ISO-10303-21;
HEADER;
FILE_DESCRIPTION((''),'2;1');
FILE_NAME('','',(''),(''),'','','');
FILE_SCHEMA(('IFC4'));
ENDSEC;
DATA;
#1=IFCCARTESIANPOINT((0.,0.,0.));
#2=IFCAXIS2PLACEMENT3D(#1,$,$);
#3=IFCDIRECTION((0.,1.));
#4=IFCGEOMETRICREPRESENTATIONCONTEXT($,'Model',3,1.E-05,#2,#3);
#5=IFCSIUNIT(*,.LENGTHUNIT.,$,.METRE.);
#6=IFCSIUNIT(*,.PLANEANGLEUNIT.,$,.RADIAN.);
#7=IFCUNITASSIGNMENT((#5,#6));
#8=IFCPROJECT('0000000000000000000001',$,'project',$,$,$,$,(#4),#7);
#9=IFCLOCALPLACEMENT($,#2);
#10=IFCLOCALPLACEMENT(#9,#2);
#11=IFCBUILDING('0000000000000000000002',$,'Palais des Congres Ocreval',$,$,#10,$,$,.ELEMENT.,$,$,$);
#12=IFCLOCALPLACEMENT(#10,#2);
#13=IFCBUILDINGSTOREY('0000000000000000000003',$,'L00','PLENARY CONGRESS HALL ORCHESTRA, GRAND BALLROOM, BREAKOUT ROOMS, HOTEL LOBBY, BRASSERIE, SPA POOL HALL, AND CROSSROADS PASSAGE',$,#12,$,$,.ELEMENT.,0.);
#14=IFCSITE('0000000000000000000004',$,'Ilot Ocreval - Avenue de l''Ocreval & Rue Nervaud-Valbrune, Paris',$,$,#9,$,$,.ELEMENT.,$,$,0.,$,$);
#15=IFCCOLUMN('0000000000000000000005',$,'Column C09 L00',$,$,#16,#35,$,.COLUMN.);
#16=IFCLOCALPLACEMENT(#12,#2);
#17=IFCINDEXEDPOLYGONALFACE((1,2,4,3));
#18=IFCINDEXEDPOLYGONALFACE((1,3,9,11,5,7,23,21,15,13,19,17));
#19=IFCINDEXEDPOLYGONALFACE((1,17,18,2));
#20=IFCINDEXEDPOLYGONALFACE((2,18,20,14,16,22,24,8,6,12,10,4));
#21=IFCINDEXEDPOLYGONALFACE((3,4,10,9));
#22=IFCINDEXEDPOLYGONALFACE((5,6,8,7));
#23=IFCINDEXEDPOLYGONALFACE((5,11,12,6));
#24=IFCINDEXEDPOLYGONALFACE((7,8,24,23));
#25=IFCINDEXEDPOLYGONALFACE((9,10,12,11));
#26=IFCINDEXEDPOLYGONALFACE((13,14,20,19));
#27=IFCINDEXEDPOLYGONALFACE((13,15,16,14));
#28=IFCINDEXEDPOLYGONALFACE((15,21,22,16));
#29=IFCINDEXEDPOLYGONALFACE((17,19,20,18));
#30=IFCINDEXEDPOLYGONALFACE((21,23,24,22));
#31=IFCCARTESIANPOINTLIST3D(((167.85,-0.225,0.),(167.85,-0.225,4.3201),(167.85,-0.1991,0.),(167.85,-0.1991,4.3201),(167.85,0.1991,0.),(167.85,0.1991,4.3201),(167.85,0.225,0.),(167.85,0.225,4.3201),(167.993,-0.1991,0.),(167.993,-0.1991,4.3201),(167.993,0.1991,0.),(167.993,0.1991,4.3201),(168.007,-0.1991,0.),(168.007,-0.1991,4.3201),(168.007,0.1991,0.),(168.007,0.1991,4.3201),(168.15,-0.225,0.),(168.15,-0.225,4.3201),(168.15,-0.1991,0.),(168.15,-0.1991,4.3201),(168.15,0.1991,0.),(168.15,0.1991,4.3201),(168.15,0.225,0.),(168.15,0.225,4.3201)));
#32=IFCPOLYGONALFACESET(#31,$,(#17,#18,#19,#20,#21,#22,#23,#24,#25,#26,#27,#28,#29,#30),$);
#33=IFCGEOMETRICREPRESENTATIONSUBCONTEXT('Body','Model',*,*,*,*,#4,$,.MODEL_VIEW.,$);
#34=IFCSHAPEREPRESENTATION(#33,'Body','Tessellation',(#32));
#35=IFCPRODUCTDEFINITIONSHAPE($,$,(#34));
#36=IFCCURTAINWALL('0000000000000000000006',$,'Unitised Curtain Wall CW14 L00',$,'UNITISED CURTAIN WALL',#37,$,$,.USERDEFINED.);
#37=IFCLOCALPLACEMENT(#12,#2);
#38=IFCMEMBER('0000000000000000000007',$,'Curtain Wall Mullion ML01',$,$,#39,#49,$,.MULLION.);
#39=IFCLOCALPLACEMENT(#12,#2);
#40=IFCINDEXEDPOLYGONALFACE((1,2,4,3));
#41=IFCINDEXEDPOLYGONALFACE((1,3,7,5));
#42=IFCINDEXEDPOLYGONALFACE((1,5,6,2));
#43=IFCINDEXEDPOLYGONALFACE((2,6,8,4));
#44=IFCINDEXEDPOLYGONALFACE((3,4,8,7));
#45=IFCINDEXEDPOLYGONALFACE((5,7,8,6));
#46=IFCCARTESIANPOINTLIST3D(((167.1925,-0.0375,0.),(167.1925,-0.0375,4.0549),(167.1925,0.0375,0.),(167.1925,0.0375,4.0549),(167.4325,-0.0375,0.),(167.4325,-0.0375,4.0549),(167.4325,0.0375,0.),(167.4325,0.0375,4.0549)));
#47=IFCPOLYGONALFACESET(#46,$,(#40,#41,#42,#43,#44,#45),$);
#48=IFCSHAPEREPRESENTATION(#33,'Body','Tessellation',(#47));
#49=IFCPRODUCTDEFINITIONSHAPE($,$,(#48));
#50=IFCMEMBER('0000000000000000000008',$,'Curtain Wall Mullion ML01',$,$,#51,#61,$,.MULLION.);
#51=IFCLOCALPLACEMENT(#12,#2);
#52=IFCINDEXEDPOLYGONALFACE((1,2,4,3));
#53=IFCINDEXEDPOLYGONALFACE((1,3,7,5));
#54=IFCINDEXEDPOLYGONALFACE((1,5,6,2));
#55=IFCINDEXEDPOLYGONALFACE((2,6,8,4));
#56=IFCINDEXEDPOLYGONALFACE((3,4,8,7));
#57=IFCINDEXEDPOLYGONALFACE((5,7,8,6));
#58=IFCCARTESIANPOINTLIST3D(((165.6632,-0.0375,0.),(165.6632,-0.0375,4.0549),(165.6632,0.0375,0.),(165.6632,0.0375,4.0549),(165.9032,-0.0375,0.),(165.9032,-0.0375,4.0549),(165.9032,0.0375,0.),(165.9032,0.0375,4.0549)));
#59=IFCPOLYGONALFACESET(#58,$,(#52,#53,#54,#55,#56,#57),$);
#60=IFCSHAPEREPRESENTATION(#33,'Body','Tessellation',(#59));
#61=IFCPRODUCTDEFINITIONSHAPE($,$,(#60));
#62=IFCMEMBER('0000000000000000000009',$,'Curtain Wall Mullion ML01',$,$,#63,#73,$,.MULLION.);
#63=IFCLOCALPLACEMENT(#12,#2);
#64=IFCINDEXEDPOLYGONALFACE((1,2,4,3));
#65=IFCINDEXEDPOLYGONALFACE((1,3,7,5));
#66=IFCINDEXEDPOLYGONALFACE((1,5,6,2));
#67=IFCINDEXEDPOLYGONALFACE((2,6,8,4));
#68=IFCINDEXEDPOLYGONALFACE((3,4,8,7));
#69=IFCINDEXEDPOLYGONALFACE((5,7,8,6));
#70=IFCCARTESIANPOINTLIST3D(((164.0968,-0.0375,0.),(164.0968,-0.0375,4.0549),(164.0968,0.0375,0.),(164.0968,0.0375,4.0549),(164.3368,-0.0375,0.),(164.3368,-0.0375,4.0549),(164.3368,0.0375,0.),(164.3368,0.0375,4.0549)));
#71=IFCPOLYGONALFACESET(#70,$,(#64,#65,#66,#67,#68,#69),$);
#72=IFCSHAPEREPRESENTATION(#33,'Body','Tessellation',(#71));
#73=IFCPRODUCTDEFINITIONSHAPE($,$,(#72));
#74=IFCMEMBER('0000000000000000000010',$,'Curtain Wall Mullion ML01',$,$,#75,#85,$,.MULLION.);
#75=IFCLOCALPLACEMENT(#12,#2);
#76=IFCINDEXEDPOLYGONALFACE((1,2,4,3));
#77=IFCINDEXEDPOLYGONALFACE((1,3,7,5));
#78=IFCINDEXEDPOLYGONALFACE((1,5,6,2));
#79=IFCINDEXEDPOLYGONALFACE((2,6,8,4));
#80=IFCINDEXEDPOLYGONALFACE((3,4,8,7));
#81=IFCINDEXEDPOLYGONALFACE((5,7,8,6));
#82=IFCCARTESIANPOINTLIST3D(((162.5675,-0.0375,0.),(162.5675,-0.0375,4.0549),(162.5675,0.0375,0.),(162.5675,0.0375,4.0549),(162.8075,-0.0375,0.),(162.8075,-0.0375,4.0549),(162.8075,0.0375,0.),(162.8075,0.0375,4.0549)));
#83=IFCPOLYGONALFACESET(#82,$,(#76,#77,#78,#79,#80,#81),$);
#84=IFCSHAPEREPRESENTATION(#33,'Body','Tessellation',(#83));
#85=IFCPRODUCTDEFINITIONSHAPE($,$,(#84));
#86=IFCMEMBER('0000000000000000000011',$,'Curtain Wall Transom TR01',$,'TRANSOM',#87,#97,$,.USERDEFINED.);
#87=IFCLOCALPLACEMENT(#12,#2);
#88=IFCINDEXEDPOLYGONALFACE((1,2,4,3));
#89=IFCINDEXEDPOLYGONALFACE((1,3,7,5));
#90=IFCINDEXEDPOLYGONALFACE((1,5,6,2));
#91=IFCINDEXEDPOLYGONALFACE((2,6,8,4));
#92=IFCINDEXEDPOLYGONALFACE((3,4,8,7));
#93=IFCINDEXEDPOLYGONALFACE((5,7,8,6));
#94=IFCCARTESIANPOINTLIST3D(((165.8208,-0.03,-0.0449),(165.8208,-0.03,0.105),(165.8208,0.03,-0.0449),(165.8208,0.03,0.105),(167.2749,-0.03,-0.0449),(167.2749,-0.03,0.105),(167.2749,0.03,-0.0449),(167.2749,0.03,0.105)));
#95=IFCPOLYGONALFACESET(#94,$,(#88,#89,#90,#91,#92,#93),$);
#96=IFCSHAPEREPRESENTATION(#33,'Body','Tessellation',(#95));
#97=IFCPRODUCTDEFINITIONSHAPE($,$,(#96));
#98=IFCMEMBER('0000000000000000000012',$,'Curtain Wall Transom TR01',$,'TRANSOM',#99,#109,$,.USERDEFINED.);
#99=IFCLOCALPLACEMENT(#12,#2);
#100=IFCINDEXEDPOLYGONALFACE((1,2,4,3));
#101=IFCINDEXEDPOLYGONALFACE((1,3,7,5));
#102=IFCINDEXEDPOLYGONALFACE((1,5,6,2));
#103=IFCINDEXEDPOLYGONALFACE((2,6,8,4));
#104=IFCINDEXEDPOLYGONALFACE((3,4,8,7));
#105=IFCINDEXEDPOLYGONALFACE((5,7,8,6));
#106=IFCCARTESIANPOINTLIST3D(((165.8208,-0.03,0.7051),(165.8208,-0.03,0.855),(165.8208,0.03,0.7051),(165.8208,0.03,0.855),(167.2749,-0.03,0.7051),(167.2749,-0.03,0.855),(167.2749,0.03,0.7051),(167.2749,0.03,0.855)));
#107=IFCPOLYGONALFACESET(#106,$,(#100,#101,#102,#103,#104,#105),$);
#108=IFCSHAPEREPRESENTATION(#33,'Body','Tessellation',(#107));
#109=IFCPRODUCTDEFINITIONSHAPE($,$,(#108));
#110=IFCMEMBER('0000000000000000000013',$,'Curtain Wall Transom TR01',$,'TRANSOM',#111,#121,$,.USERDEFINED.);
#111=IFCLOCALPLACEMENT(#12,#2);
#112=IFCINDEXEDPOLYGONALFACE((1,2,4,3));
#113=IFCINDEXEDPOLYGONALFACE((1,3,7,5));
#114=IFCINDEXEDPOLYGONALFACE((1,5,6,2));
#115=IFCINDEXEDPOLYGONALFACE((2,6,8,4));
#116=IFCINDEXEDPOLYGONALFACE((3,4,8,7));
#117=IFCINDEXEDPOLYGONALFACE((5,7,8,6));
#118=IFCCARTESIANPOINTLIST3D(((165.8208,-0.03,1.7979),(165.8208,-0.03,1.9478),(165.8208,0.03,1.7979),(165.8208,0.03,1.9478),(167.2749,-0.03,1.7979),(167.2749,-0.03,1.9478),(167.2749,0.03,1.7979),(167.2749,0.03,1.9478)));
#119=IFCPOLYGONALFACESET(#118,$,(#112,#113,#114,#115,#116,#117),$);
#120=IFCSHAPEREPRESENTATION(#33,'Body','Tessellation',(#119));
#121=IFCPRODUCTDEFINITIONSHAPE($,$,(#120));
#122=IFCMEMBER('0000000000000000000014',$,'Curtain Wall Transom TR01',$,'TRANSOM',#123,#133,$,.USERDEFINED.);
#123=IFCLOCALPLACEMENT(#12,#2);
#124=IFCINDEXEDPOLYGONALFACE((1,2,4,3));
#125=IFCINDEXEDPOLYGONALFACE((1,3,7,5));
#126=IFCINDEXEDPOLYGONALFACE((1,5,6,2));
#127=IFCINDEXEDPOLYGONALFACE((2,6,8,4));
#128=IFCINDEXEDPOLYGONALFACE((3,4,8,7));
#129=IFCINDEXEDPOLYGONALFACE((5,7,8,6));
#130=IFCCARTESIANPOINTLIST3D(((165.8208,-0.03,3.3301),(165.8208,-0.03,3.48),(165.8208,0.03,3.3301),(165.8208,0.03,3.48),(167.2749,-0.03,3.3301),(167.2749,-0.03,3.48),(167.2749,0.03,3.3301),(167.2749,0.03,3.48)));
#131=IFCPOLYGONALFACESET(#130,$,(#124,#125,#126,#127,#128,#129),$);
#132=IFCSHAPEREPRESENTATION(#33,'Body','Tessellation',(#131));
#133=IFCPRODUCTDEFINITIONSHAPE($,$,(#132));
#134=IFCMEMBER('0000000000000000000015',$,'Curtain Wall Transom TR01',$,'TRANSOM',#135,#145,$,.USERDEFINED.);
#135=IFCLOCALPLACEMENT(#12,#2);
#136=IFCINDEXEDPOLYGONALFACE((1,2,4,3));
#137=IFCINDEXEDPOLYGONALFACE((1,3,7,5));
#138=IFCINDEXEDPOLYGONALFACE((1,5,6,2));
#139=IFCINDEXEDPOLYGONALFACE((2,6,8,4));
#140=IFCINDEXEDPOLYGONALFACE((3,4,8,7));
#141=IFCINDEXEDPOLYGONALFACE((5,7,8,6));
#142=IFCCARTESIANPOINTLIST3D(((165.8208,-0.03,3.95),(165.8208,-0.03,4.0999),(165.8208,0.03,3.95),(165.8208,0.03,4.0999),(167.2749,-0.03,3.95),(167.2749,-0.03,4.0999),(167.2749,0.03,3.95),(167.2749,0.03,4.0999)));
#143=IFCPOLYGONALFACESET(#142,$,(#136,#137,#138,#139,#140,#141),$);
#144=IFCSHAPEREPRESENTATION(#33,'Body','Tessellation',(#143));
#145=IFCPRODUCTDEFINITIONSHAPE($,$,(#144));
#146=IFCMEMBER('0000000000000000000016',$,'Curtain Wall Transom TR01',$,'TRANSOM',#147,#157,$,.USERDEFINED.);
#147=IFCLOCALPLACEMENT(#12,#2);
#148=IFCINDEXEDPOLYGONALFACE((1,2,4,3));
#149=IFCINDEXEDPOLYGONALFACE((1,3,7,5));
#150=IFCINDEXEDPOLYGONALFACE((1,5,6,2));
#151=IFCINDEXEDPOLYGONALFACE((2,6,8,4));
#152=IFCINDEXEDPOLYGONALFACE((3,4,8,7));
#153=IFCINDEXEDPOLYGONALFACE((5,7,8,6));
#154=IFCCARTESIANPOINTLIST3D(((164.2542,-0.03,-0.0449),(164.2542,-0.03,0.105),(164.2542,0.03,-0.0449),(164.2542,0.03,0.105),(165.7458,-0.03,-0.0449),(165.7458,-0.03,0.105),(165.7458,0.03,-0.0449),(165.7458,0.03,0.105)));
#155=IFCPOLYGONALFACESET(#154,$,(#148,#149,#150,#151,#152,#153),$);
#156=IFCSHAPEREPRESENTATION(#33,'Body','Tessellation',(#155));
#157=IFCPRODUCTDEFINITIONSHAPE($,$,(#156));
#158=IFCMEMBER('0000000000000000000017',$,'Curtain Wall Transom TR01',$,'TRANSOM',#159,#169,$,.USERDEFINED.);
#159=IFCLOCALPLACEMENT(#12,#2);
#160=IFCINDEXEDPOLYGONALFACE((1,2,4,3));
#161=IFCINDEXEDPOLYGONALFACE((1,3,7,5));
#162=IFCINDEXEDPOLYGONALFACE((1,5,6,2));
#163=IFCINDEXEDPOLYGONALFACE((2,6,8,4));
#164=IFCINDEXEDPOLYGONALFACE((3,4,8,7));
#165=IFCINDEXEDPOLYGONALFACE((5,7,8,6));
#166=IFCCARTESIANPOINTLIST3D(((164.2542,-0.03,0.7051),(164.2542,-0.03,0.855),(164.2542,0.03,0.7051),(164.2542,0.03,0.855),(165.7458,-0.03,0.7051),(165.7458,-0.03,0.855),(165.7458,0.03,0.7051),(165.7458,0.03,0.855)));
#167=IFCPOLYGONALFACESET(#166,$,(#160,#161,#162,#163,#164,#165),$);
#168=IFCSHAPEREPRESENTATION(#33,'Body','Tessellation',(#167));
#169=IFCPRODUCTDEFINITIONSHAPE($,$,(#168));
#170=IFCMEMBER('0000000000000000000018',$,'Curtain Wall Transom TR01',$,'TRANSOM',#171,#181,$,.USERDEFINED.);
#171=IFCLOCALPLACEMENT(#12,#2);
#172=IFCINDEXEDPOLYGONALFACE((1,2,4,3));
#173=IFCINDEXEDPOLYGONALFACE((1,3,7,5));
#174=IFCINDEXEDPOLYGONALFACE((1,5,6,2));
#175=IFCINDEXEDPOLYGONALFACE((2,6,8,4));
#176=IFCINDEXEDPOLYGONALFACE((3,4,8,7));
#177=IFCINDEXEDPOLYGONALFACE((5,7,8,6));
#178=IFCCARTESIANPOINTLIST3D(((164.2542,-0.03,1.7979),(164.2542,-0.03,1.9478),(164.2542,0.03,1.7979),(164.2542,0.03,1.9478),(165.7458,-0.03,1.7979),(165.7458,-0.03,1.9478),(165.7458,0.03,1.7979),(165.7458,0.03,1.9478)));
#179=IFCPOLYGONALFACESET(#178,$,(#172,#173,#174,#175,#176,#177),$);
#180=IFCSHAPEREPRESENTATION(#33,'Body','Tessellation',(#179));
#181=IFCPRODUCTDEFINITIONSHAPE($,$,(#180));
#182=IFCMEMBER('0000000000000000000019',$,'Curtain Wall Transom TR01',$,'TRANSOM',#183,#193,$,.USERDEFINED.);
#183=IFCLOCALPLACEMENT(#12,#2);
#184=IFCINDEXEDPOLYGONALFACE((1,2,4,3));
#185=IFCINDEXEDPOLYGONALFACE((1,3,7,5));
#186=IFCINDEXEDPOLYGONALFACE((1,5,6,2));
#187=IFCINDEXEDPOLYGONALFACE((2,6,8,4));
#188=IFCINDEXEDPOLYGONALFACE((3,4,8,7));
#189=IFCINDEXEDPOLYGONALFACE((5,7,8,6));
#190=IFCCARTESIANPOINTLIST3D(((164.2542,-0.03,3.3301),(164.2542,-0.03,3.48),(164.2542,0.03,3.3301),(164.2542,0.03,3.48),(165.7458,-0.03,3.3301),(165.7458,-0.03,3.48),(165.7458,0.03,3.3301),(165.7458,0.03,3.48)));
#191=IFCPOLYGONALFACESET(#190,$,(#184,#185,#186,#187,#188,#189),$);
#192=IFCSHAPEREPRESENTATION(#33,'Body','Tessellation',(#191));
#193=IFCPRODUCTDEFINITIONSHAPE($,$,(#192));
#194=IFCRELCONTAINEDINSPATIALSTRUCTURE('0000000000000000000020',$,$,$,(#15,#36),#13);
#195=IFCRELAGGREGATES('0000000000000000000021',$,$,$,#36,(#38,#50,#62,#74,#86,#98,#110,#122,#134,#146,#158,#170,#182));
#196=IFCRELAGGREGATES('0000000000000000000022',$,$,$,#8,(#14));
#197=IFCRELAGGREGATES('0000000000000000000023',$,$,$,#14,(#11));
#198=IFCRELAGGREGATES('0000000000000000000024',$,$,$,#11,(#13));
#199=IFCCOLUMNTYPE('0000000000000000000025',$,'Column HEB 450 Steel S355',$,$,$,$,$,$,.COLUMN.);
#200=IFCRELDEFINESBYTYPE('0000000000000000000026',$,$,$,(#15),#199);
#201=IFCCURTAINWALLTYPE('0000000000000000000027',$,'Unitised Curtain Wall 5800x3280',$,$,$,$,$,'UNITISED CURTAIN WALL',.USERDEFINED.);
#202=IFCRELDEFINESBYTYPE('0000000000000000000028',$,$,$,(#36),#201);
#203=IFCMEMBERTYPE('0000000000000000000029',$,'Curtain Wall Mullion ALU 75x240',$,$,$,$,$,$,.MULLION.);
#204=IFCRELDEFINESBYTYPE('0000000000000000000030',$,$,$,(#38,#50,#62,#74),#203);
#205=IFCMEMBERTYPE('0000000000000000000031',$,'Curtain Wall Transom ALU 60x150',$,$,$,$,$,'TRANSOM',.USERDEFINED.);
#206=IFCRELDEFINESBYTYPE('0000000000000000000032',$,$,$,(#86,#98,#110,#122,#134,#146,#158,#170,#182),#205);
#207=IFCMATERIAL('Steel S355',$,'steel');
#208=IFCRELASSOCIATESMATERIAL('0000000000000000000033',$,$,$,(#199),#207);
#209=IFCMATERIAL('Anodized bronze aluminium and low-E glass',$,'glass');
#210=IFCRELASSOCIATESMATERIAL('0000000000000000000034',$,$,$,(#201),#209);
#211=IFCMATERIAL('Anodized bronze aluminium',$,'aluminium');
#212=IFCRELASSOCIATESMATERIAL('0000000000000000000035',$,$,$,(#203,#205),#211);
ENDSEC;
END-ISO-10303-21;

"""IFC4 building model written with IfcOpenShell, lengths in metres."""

from ifc_helpers import new_model, si_unit, direction, frame, origin, origin_2d, place, context, subcontext, project, spatial, rectangle, i_section, extrude, material, material_profile, profile_set, type_object, element, aggregate, save


model = new_model("IFC4")

# Units and contexts
model_context = context("Model", 3, precision=1e-05, world=origin(), true_north=direction((0.0, 1.0)))
body_context = subcontext(model_context, "Body", "Model", "MODEL_VIEW")
ifc_project = project(units=[si_unit("LENGTHUNIT", "METRE"), si_unit("PLANEANGLEUNIT", "RADIAN")], contexts=[model_context])

# Site, building, storey
site_placement = place(None, origin())
site = spatial("IfcSite", under=ifc_project, at=site_placement, Name="Ilot Ocreval - Avenue de l'Ocreval & Rue Nervaud-Valbrune, Paris", CompositionType="ELEMENT", RefElevation=0.0)
building_placement = place(site_placement, origin())
building = spatial("IfcBuilding", under=site, at=building_placement, Name="Palais des Congres Ocreval", CompositionType="ELEMENT")
storey_placement = place(building_placement, origin())
storey = spatial("IfcBuildingStorey", under=building, at=storey_placement, Name="L00", Description="PLENARY CONGRESS HALL ORCHESTRA, GRAND BALLROOM, BREAKOUT ROOMS, HOTEL LOBBY, BRASSERIE, SPA POOL HALL, AND CROSSROADS PASSAGE", CompositionType="ELEMENT", Elevation=0.0)

# Column
ifc_material_1 = material(Name="Steel S355", Category="steel")
ifc_material_profile_1 = material_profile(ifc_material_1, i_section(OverallWidth=0.3, OverallDepth=0.45, WebThickness=0.0139, FlangeThickness=0.0259, at=origin_2d()), Name="HEB 450")
ifc_profile_set_1 = profile_set([ifc_material_profile_1], Name="Steel S355")
column_type = type_object("IfcColumnType", Name="Column HEB 450 Steel S355", PredefinedType="COLUMN", material=ifc_profile_set_1)
column_placement = place(storey_placement, frame((168.0, 0.0, 0.0), z_axis=(0.0, 0.0, 1.0), x_axis=(1.0, 0.0, 0.0)))
element("IfcColumn", 1, at=column_placement, inside=storey, type_object=column_type, Name="Column C09 L00", PredefinedType="COLUMN", context=body_context, shape_type="SweptSolid", body=[
    extrude(i_section(OverallWidth=0.3, OverallDepth=0.45, WebThickness=0.0139, FlangeThickness=0.0259, at=origin_2d()), origin(), (0.0, 0.0, 1.0), 4.3201),
])

# Curtain wall, members
ifc_material_2 = material(Name="Anodized bronze aluminium and low-E glass", Category="glass")
curtain_wall_type = type_object("IfcCurtainWallType", Name="Unitised Curtain Wall 5800x3280", ElementType="UNITISED CURTAIN WALL", PredefinedType="USERDEFINED", material=ifc_material_2)
curtain_wall_placement = place(storey_placement, origin())
curtain_wall = element("IfcCurtainWall", 2, at=curtain_wall_placement, inside=storey, type_object=curtain_wall_type, Name="Unitised Curtain Wall CW14 L00", ObjectType="UNITISED CURTAIN WALL", PredefinedType="USERDEFINED")
ifc_material_3 = material(Name="Anodized bronze aluminium", Category="aluminium")
ifc_material_profile_2 = material_profile(ifc_material_3, rectangle(XDim=0.075, YDim=0.24, at=origin_2d()), Name="ALU 75x240")
ifc_profile_set_2 = profile_set([ifc_material_profile_2], Name="Anodized bronze aluminium")
member_type_1 = type_object("IfcMemberType", Name="Curtain Wall Mullion ALU 75x240", PredefinedType="MULLION", material=ifc_profile_set_2)
member_1_placement = place(storey_placement, frame((167.3125, 0.0, 0.0), z_axis=(0.0, 0.0, 1.0), x_axis=(0.0, -1.0, 0.0)))
member_1 = element("IfcMember", 3, at=member_1_placement, type_object=member_type_1, Name="Curtain Wall Mullion ML01", PredefinedType="MULLION", context=body_context, shape_type="SweptSolid", body=[
    extrude(rectangle(XDim=0.075, YDim=0.24, at=origin_2d()), origin(), (0.0, 0.0, 1.0), 4.0549),
])
member_2_placement = place(storey_placement, frame((165.7832, 0.0, 0.0), z_axis=(0.0, 0.0, 1.0), x_axis=(0.0, -1.0, 0.0)))
member_2 = element("IfcMember", 4, at=member_2_placement, type_object=member_type_1, Name="Curtain Wall Mullion ML01", PredefinedType="MULLION", context=body_context, shape_type="SweptSolid", body=[
    extrude(rectangle(XDim=0.075, YDim=0.24, at=origin_2d()), origin(), (0.0, 0.0, 1.0), 4.0549),
])
member_3_placement = place(storey_placement, frame((164.2168, 0.0, 0.0), z_axis=(0.0, 0.0, 1.0), x_axis=(0.0, -1.0, 0.0)))
member_3 = element("IfcMember", 5, at=member_3_placement, type_object=member_type_1, Name="Curtain Wall Mullion ML01", PredefinedType="MULLION", context=body_context, shape_type="SweptSolid", body=[
    extrude(rectangle(XDim=0.075, YDim=0.24, at=origin_2d()), origin(), (0.0, 0.0, 1.0), 4.0549),
])
member_4_placement = place(storey_placement, frame((162.6875, 0.0, 0.0), z_axis=(0.0, 0.0, 1.0), x_axis=(0.0, -1.0, 0.0)))
member_4 = element("IfcMember", 6, at=member_4_placement, type_object=member_type_1, Name="Curtain Wall Mullion ML01", PredefinedType="MULLION", context=body_context, shape_type="SweptSolid", body=[
    extrude(rectangle(XDim=0.075, YDim=0.24, at=origin_2d()), origin(), (0.0, 0.0, 1.0), 4.0549),
])
ifc_material_profile_3 = material_profile(ifc_material_3, rectangle(XDim=0.0601, YDim=0.1499, at=origin_2d()), Name="ALU 60x150")
ifc_profile_set_3 = profile_set([ifc_material_profile_3], Name="Anodized bronze aluminium")
member_type_2 = type_object("IfcMemberType", Name="Curtain Wall Transom ALU 60x150", ElementType="TRANSOM", PredefinedType="USERDEFINED", material=ifc_profile_set_3)
member_5_placement = place(storey_placement, frame((167.2749, 0.0, 0.03), z_axis=(-1.0, 0.0, 0.0), x_axis=(0.0, -1.0, 0.0)))
member_5 = element("IfcMember", 7, at=member_5_placement, type_object=member_type_2, Name="Curtain Wall Transom TR01", ObjectType="TRANSOM", PredefinedType="USERDEFINED", context=body_context, shape_type="SweptSolid", body=[
    extrude(rectangle(XDim=0.0601, YDim=0.1499, at=origin_2d()), origin(), (0.0, 0.0, 1.0), 1.4541),
])
member_6_placement = place(storey_placement, frame((167.2749, 0.0, 0.78), z_axis=(-1.0, 0.0, 0.0), x_axis=(0.0, -1.0, 0.0)))
member_6 = element("IfcMember", 8, at=member_6_placement, type_object=member_type_2, Name="Curtain Wall Transom TR01", ObjectType="TRANSOM", PredefinedType="USERDEFINED", context=body_context, shape_type="SweptSolid", body=[
    extrude(rectangle(XDim=0.0601, YDim=0.1499, at=origin_2d()), origin(), (0.0, 0.0, 1.0), 1.4541),
])
member_7_placement = place(storey_placement, frame((167.2749, 0.0, 1.8728), z_axis=(-1.0, 0.0, 0.0), x_axis=(0.0, -1.0, 0.0)))
member_7 = element("IfcMember", 9, at=member_7_placement, type_object=member_type_2, Name="Curtain Wall Transom TR01", ObjectType="TRANSOM", PredefinedType="USERDEFINED", context=body_context, shape_type="SweptSolid", body=[
    extrude(rectangle(XDim=0.0601, YDim=0.1499, at=origin_2d()), origin(), (0.0, 0.0, 1.0), 1.4541),
])
member_8_placement = place(storey_placement, frame((167.2749, 0.0, 3.405), z_axis=(-1.0, 0.0, 0.0), x_axis=(0.0, -1.0, 0.0)))
member_8 = element("IfcMember", 10, at=member_8_placement, type_object=member_type_2, Name="Curtain Wall Transom TR01", ObjectType="TRANSOM", PredefinedType="USERDEFINED", context=body_context, shape_type="SweptSolid", body=[
    extrude(rectangle(XDim=0.0601, YDim=0.1499, at=origin_2d()), origin(), (0.0, 0.0, 1.0), 1.4541),
])
member_9_placement = place(storey_placement, frame((167.2749, 0.0, 4.0249), z_axis=(-1.0, 0.0, 0.0), x_axis=(0.0, -1.0, 0.0)))
member_9 = element("IfcMember", 11, at=member_9_placement, type_object=member_type_2, Name="Curtain Wall Transom TR01", ObjectType="TRANSOM", PredefinedType="USERDEFINED", context=body_context, shape_type="SweptSolid", body=[
    extrude(rectangle(XDim=0.0601, YDim=0.1499, at=origin_2d()), origin(), (0.0, 0.0, 1.0), 1.4541),
])
member_10_placement = place(storey_placement, frame((165.7458, 0.0, 0.03), z_axis=(-1.0, 0.0, 0.0), x_axis=(0.0, -1.0, 0.0)))
member_10 = element("IfcMember", 12, at=member_10_placement, type_object=member_type_2, Name="Curtain Wall Transom TR01", ObjectType="TRANSOM", PredefinedType="USERDEFINED", context=body_context, shape_type="SweptSolid", body=[
    extrude(rectangle(XDim=0.0601, YDim=0.1499, at=origin_2d()), origin(), (0.0, 0.0, 1.0), 1.4917),
])
member_11_placement = place(storey_placement, frame((165.7458, 0.0, 0.78), z_axis=(-1.0, 0.0, 0.0), x_axis=(0.0, -1.0, 0.0)))
member_11 = element("IfcMember", 13, at=member_11_placement, type_object=member_type_2, Name="Curtain Wall Transom TR01", ObjectType="TRANSOM", PredefinedType="USERDEFINED", context=body_context, shape_type="SweptSolid", body=[
    extrude(rectangle(XDim=0.0601, YDim=0.1499, at=origin_2d()), origin(), (0.0, 0.0, 1.0), 1.4917),
])
member_12_placement = place(storey_placement, frame((165.7458, 0.0, 1.8728), z_axis=(-1.0, 0.0, 0.0), x_axis=(0.0, -1.0, 0.0)))
member_12 = element("IfcMember", 14, at=member_12_placement, type_object=member_type_2, Name="Curtain Wall Transom TR01", ObjectType="TRANSOM", PredefinedType="USERDEFINED", context=body_context, shape_type="SweptSolid", body=[
    extrude(rectangle(XDim=0.0601, YDim=0.1499, at=origin_2d()), origin(), (0.0, 0.0, 1.0), 1.4917),
])
member_13_placement = place(storey_placement, frame((165.7458, 0.0, 3.405), z_axis=(-1.0, 0.0, 0.0), x_axis=(0.0, -1.0, 0.0)))
member_13 = element("IfcMember", 15, at=member_13_placement, type_object=member_type_2, Name="Curtain Wall Transom TR01", ObjectType="TRANSOM", PredefinedType="USERDEFINED", context=body_context, shape_type="SweptSolid", body=[
    extrude(rectangle(XDim=0.0601, YDim=0.1499, at=origin_2d()), origin(), (0.0, 0.0, 1.0), 1.4917),
])

aggregate(curtain_wall, [member_1, member_2, member_3, member_4, member_5, member_6, member_7, member_8, member_9, member_10, member_11, member_12, member_13])

save(model, "model.ifc")
